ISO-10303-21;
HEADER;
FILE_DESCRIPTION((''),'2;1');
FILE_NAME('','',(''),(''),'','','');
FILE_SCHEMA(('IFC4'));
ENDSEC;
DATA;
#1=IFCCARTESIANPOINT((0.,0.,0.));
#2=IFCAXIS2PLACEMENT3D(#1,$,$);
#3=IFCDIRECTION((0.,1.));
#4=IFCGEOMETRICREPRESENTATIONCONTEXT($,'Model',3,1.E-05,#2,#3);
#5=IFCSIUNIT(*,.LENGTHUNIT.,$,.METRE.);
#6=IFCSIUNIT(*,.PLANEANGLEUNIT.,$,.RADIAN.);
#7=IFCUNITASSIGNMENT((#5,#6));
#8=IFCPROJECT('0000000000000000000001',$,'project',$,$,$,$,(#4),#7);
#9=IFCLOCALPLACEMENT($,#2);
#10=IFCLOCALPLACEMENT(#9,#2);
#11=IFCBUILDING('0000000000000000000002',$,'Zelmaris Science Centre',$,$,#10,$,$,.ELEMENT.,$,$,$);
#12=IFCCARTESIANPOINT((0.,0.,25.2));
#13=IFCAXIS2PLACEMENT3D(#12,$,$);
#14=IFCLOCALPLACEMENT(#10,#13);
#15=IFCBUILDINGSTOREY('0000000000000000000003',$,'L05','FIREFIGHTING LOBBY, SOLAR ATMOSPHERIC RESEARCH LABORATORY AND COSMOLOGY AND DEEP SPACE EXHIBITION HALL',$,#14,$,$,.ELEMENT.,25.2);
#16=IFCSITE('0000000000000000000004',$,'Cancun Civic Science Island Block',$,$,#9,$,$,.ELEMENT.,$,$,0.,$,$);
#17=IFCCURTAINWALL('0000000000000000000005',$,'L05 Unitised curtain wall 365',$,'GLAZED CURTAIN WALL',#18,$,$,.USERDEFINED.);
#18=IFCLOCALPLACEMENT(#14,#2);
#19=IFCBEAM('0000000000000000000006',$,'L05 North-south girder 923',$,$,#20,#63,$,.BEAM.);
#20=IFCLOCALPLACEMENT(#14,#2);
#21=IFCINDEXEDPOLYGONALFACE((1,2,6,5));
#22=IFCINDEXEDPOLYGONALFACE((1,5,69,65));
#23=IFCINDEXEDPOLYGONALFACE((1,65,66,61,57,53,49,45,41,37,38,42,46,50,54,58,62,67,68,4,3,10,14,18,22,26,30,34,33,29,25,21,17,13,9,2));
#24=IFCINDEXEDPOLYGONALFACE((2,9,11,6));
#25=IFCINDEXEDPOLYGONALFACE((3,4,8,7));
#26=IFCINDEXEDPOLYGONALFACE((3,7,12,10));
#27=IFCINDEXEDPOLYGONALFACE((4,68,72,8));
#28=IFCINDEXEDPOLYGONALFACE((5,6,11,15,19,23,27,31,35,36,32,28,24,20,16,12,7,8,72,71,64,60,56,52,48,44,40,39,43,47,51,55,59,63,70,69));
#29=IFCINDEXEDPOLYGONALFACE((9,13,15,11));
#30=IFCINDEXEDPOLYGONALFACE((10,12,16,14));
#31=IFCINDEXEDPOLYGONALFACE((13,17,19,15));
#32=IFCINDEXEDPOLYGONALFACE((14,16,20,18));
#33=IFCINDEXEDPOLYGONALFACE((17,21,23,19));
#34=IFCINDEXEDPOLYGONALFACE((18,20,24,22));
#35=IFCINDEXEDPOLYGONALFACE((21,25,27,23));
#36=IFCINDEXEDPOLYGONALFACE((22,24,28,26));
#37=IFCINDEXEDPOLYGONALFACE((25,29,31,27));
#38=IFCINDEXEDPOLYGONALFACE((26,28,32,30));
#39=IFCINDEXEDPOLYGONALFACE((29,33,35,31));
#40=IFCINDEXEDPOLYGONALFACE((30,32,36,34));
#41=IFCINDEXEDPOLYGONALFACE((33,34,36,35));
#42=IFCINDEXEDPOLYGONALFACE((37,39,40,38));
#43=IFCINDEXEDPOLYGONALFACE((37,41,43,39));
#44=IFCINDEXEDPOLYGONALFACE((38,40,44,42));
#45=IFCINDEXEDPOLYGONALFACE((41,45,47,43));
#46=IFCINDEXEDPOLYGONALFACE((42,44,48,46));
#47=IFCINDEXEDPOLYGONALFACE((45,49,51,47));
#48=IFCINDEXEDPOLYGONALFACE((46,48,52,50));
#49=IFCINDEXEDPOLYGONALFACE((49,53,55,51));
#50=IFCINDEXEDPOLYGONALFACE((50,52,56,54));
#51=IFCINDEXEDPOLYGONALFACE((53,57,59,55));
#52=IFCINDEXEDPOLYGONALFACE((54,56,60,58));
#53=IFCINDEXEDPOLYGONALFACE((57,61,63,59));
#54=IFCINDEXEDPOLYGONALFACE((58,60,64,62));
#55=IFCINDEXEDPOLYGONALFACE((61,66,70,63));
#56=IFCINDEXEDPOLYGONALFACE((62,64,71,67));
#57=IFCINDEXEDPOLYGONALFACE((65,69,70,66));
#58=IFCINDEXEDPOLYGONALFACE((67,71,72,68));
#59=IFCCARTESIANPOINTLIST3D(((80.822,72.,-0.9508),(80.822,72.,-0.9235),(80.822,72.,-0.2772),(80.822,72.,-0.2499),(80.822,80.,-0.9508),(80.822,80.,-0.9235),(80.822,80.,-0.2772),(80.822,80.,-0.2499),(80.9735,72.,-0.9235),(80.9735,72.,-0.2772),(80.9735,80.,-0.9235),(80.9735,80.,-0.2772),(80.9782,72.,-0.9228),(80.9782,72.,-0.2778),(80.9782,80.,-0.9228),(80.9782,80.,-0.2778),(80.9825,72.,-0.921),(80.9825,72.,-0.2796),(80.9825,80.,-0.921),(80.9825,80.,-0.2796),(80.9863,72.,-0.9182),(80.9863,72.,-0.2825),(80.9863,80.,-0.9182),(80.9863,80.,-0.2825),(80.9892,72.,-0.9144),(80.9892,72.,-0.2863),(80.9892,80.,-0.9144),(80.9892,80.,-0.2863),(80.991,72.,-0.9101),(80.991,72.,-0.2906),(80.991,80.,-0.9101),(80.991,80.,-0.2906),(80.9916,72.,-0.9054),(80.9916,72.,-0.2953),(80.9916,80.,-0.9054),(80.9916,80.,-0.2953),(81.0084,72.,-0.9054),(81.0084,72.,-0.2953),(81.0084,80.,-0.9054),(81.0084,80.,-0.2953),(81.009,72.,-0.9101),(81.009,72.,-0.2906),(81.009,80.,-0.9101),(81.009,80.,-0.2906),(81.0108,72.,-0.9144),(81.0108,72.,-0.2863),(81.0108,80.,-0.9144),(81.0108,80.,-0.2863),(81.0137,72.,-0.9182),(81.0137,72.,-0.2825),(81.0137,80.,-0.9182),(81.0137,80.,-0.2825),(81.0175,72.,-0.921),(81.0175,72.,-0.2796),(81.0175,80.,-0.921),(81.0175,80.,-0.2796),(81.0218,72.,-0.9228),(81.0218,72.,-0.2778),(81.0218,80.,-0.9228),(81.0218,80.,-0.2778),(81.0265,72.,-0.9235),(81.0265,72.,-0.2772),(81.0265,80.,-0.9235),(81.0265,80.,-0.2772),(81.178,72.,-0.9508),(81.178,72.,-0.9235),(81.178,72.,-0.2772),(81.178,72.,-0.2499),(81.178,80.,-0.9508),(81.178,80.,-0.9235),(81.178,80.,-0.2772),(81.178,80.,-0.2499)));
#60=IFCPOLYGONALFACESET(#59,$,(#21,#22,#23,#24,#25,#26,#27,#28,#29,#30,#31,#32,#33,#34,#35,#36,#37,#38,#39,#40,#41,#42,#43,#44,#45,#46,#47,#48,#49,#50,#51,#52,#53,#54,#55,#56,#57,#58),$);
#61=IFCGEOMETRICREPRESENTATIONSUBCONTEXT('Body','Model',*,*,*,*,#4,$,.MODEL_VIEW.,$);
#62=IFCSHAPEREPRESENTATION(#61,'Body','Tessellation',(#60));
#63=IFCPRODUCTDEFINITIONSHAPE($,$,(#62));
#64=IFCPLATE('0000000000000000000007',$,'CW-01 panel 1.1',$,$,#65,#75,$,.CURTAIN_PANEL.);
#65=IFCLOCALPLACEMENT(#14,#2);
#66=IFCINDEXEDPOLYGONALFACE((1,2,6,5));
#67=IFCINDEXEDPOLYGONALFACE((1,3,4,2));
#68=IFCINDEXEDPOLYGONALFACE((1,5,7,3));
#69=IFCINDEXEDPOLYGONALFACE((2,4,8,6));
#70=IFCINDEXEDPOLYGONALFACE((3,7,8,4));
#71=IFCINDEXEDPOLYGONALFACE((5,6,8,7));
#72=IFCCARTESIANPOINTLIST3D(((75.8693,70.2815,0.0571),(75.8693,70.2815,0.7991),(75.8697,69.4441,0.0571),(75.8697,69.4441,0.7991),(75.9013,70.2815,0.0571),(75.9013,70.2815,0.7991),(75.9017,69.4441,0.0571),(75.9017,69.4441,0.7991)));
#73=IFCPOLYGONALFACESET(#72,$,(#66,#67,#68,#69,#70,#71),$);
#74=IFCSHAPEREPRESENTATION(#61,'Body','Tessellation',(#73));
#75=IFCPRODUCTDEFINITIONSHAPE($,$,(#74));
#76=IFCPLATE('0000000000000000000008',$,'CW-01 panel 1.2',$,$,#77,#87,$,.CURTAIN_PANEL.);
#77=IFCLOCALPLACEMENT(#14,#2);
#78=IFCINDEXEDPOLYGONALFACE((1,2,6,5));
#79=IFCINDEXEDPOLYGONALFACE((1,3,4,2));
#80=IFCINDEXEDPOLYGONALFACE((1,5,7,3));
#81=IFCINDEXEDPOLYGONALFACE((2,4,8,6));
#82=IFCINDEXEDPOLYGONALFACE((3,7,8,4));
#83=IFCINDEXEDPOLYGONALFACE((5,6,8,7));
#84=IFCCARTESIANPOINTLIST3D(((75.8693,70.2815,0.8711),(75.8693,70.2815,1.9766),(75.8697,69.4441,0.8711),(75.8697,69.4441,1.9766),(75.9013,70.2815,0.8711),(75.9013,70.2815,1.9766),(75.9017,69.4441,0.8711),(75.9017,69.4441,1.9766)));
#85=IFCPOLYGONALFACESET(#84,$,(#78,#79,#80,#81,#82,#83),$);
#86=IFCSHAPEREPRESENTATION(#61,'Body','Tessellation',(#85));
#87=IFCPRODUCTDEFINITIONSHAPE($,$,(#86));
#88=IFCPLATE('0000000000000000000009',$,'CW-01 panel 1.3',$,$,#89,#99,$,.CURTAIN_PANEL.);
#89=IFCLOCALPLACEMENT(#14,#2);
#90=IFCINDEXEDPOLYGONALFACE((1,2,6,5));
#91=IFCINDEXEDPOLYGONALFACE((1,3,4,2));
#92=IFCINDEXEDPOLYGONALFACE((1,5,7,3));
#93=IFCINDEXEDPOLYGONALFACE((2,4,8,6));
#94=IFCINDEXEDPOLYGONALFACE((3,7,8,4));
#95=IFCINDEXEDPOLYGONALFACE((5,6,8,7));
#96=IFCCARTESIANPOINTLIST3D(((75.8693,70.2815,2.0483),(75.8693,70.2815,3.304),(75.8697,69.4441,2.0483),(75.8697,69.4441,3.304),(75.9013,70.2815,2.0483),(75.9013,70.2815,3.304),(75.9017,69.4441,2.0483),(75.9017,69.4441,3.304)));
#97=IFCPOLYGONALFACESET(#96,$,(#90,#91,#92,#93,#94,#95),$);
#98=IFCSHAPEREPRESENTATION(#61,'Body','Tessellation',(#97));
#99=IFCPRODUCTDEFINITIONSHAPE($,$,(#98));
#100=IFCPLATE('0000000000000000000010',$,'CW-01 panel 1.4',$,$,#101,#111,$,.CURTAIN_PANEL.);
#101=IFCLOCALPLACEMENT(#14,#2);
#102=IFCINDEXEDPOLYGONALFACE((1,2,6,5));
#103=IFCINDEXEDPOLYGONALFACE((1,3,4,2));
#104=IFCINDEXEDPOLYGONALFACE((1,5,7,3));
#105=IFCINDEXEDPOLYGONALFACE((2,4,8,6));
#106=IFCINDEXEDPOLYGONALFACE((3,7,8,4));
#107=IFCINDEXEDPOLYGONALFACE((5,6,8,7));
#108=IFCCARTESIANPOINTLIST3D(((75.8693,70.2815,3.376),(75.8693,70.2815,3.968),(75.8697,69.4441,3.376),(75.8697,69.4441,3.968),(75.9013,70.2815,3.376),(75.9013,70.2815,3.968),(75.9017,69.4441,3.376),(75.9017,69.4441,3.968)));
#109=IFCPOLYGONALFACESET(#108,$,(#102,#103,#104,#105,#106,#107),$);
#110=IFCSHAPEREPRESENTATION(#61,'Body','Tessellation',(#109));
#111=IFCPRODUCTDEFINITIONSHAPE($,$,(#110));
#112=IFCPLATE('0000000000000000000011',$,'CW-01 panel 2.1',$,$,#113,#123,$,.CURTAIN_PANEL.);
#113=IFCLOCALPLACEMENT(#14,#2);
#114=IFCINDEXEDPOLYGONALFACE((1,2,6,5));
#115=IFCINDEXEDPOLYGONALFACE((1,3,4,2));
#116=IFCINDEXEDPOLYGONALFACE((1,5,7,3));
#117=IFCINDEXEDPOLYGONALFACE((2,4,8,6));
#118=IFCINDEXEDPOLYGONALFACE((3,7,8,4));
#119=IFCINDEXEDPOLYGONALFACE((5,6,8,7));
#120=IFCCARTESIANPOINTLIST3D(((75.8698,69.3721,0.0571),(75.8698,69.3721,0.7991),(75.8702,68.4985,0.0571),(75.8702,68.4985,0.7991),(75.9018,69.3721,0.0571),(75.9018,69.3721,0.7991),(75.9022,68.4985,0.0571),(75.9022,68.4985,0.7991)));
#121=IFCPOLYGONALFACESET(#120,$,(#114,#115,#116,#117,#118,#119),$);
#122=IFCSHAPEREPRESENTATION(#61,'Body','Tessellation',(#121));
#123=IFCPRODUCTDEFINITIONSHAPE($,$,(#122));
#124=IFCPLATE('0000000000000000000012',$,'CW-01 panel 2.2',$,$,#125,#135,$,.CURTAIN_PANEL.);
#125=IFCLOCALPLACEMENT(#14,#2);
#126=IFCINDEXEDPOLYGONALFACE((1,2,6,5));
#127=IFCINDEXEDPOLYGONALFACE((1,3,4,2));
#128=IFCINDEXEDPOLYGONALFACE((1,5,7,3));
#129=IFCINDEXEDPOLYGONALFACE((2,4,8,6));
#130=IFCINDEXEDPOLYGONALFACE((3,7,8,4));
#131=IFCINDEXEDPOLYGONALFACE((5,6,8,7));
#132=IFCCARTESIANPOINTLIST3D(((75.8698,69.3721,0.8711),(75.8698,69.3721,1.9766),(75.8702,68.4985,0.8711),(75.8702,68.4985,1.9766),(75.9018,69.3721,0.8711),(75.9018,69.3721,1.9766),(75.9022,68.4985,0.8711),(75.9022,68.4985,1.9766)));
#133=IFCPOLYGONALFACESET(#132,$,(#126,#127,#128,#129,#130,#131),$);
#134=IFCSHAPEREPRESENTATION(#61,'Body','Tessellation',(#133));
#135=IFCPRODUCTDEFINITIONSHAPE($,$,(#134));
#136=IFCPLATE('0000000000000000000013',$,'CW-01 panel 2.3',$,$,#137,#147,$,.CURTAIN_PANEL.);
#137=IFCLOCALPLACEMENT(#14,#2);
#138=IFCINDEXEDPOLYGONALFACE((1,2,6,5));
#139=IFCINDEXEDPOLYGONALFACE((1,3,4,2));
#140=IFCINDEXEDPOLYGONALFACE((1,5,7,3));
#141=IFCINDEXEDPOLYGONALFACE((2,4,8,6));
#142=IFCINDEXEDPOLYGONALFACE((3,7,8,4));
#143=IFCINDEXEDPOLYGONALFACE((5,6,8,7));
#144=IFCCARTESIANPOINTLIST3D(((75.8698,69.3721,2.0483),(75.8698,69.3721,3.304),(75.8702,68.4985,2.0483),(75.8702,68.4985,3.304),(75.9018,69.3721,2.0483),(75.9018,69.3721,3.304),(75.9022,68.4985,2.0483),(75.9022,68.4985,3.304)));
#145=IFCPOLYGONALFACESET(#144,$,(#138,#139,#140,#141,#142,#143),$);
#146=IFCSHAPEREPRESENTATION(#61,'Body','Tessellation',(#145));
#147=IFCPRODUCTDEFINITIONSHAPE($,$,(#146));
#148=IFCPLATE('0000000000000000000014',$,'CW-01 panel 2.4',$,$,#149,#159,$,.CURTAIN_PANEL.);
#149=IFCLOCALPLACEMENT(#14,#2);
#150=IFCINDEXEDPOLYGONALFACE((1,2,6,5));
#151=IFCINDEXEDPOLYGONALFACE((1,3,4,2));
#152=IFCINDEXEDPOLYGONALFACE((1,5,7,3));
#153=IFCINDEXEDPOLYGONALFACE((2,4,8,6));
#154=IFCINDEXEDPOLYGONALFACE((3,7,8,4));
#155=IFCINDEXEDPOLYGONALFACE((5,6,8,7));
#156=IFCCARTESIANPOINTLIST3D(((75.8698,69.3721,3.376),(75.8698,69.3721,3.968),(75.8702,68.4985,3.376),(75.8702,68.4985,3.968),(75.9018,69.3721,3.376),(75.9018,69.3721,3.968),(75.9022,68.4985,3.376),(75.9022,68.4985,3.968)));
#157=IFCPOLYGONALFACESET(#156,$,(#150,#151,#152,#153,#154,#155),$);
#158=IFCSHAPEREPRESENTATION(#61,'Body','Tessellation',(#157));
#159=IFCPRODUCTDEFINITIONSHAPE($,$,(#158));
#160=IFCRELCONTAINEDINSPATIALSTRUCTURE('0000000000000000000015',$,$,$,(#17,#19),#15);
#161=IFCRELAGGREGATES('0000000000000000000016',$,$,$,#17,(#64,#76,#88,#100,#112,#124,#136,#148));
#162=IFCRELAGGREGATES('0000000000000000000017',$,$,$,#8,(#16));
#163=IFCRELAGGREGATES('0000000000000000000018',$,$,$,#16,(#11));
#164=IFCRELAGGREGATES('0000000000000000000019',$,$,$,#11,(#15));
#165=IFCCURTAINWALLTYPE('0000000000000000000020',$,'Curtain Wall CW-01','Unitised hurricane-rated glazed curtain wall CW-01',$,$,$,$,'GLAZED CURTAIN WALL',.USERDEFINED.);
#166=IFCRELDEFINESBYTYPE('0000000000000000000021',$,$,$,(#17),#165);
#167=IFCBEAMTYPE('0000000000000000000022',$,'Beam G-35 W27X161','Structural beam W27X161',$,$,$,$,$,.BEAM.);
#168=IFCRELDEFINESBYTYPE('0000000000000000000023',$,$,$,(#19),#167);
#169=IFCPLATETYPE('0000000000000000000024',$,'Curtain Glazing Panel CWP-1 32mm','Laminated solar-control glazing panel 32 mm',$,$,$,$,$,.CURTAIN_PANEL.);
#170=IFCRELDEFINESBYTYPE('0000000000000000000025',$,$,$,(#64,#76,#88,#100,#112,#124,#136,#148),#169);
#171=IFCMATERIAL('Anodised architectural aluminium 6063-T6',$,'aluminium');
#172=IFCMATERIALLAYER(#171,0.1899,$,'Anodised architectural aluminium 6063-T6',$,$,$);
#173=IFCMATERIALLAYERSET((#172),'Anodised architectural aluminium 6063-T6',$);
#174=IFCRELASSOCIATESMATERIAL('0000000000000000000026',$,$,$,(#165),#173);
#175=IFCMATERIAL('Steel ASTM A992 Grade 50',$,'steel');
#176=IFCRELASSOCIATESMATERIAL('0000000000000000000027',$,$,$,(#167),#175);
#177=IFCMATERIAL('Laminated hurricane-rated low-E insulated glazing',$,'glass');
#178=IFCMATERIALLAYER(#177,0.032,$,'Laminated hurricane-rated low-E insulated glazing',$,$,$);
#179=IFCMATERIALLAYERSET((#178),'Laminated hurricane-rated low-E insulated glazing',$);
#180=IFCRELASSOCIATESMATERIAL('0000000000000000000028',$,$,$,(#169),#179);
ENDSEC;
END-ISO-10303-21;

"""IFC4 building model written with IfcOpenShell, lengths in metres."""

from ifc_helpers import new_model, si_unit, direction, frame, origin, origin_2d, place, context, subcontext, project, spatial, rectangle, i_section, extrude, material, layer, layer_set, material_profile, profile_set, type_object, element, aggregate, save


model = new_model("IFC4")

# Units and contexts
model_context = context("Model", 3, precision=1e-05, world=origin(), true_north=direction((0.0, 1.0)))
body_context = subcontext(model_context, "Body", "Model", "MODEL_VIEW")
ifc_project = project(units=[si_unit("LENGTHUNIT", "METRE"), si_unit("PLANEANGLEUNIT", "RADIAN")], contexts=[model_context])

# Site, building, storey
site_placement = place(None, origin())
site = spatial("IfcSite", under=ifc_project, at=site_placement, Name="Cancun Civic Science Island Block", CompositionType="ELEMENT", RefElevation=0.0)
building_placement = place(site_placement, origin())
building = spatial("IfcBuilding", under=site, at=building_placement, Name="Zelmaris Science Centre", CompositionType="ELEMENT")
storey_placement = place(building_placement, frame((0.0, 0.0, 25.2)))
storey = spatial("IfcBuildingStorey", under=building, at=storey_placement, Name="L05", Description="FIREFIGHTING LOBBY, SOLAR ATMOSPHERIC RESEARCH LABORATORY AND COSMOLOGY AND DEEP SPACE EXHIBITION HALL", CompositionType="ELEMENT", Elevation=25.2)

# Curtain wall
ifc_material_1 = material(Name="Anodised architectural aluminium 6063-T6", Category="aluminium")
ifc_layer_1 = layer(ifc_material_1, 0.1899, Name="Anodised architectural aluminium 6063-T6")
ifc_layer_set_1 = layer_set([ifc_layer_1], Name="Anodised architectural aluminium 6063-T6")
curtain_wall_type_1 = type_object("IfcCurtainWallType", Name="Curtain Wall CW-01", Description="Unitised hurricane-rated glazed curtain wall CW-01", ElementType="GLAZED CURTAIN WALL", PredefinedType="USERDEFINED", material=ifc_layer_set_1)
curtain_wall_1_placement = place(storey_placement, origin())
curtain_wall_1 = element("IfcCurtainWall", 1, at=curtain_wall_1_placement, inside=storey, type_object=curtain_wall_type_1, Name="L05 Unitised curtain wall 365", ObjectType="GLAZED CURTAIN WALL", PredefinedType="USERDEFINED")

# Beam
ifc_material_2 = material(Name="Steel ASTM A992 Grade 50", Category="steel")
ifc_material_profile_1 = material_profile(ifc_material_2, i_section(OverallWidth=0.356, OverallDepth=0.7009, WebThickness=0.0168, FlangeThickness=0.0273, FilletRadius=0.0181, at=origin_2d()), Name="W27X161")
ifc_profile_set_1 = profile_set([ifc_material_profile_1], Name="Steel ASTM A992 Grade 50")
beam_type = type_object("IfcBeamType", Name="Beam G-35 W27X161", Description="Structural beam W27X161", PredefinedType="BEAM", material=ifc_profile_set_1)
beam_placement = place(storey_placement, frame((81.0, 72.0, -0.6003), z_axis=(0.0, 1.0, 0.0), x_axis=(-1.0, 0.0, 0.0)))
element("IfcBeam", 2, at=beam_placement, inside=storey, type_object=beam_type, Name="L05 North-south girder 923", PredefinedType="BEAM", context=body_context, shape_type="SweptSolid", body=[
    extrude(i_section(OverallWidth=0.356, OverallDepth=0.7009, WebThickness=0.0168, FlangeThickness=0.0273, FilletRadius=0.0181, at=origin_2d()), origin(), (0.0, 0.0, 1.0), 8.0),
])

# Plates
ifc_material_3 = material(Name="Laminated hurricane-rated low-E insulated glazing", Category="glass")
ifc_layer_2 = layer(ifc_material_3, 0.032, Name="Laminated hurricane-rated low-E insulated glazing")
ifc_layer_set_2 = layer_set([ifc_layer_2], Name="Laminated hurricane-rated low-E insulated glazing")
plate_type = type_object("IfcPlateType", Name="Curtain Glazing Panel CWP-1 32mm", Description="Laminated solar-control glazing panel 32 mm", PredefinedType="CURTAIN_PANEL", material=ifc_layer_set_2)
plate_1_placement = place(storey_placement, frame((75.8855, 69.8628, 0.0571), z_axis=(0.0, 0.0, 1.0), x_axis=(0.000397, -1.0, 0.0)))
plate_1 = element("IfcPlate", 3, at=plate_1_placement, type_object=plate_type, Name="CW-01 panel 1.1", PredefinedType="CURTAIN_PANEL", context=body_context, shape_type="SweptSolid", body=[
    extrude(rectangle(XDim=0.8374, YDim=0.032, at=origin_2d()), origin(), (0.0, 0.0, 1.0), 0.7419),
])
plate_2_placement = place(storey_placement, frame((75.8855, 69.8628, 0.8711), z_axis=(0.0, 0.0, 1.0), x_axis=(0.000397, -1.0, 0.0)))
plate_2 = element("IfcPlate", 4, at=plate_2_placement, type_object=plate_type, Name="CW-01 panel 1.2", PredefinedType="CURTAIN_PANEL", context=body_context, shape_type="SweptSolid", body=[
    extrude(rectangle(XDim=0.8374, YDim=0.032, at=origin_2d()), origin(), (0.0, 0.0, 1.0), 1.1055),
])
plate_3_placement = place(storey_placement, frame((75.8855, 69.8628, 2.0483), z_axis=(0.0, 0.0, 1.0), x_axis=(0.000397, -1.0, 0.0)))
plate_3 = element("IfcPlate", 5, at=plate_3_placement, type_object=plate_type, Name="CW-01 panel 1.3", PredefinedType="CURTAIN_PANEL", context=body_context, shape_type="SweptSolid", body=[
    extrude(rectangle(XDim=0.8374, YDim=0.032, at=origin_2d()), origin(), (0.0, 0.0, 1.0), 1.2556),
])
plate_4_placement = place(storey_placement, frame((75.8855, 69.8628, 3.376), z_axis=(0.0, 0.0, 1.0), x_axis=(0.000397, -1.0, 0.0)))
plate_4 = element("IfcPlate", 6, at=plate_4_placement, type_object=plate_type, Name="CW-01 panel 1.4", PredefinedType="CURTAIN_PANEL", context=body_context, shape_type="SweptSolid", body=[
    extrude(rectangle(XDim=0.8374, YDim=0.032, at=origin_2d()), origin(), (0.0, 0.0, 1.0), 0.592),
])
plate_5_placement = place(storey_placement, frame((75.886, 68.9353, 0.0571), z_axis=(0.0, 0.0, 1.0), x_axis=(0.000397, -1.0, 0.0)))
plate_5 = element("IfcPlate", 7, at=plate_5_placement, type_object=plate_type, Name="CW-01 panel 2.1", PredefinedType="CURTAIN_PANEL", context=body_context, shape_type="SweptSolid", body=[
    extrude(rectangle(XDim=0.8735, YDim=0.032, at=origin_2d()), origin(), (0.0, 0.0, 1.0), 0.7419),
])
plate_6_placement = place(storey_placement, frame((75.886, 68.9353, 0.8711), z_axis=(0.0, 0.0, 1.0), x_axis=(0.000397, -1.0, 0.0)))
plate_6 = element("IfcPlate", 8, at=plate_6_placement, type_object=plate_type, Name="CW-01 panel 2.2", PredefinedType="CURTAIN_PANEL", context=body_context, shape_type="SweptSolid", body=[
    extrude(rectangle(XDim=0.8735, YDim=0.032, at=origin_2d()), origin(), (0.0, 0.0, 1.0), 1.1055),
])
plate_7_placement = place(storey_placement, frame((75.886, 68.9353, 2.0483), z_axis=(0.0, 0.0, 1.0), x_axis=(0.000397, -1.0, 0.0)))
plate_7 = element("IfcPlate", 9, at=plate_7_placement, type_object=plate_type, Name="CW-01 panel 2.3", PredefinedType="CURTAIN_PANEL", context=body_context, shape_type="SweptSolid", body=[
    extrude(rectangle(XDim=0.8735, YDim=0.032, at=origin_2d()), origin(), (0.0, 0.0, 1.0), 1.2556),
])
plate_8_placement = place(storey_placement, frame((75.886, 68.9353, 3.376), z_axis=(0.0, 0.0, 1.0), x_axis=(0.000397, -1.0, 0.0)))
plate_8 = element("IfcPlate", 10, at=plate_8_placement, type_object=plate_type, Name="CW-01 panel 2.4", PredefinedType="CURTAIN_PANEL", context=body_context, shape_type="SweptSolid", body=[
    extrude(rectangle(XDim=0.8735, YDim=0.032, at=origin_2d()), origin(), (0.0, 0.0, 1.0), 0.592),
])
aggregate(curtain_wall_1, [plate_1, plate_2, plate_3, plate_4, plate_5, plate_6, plate_7, plate_8])

save(model, "model.ifc")
